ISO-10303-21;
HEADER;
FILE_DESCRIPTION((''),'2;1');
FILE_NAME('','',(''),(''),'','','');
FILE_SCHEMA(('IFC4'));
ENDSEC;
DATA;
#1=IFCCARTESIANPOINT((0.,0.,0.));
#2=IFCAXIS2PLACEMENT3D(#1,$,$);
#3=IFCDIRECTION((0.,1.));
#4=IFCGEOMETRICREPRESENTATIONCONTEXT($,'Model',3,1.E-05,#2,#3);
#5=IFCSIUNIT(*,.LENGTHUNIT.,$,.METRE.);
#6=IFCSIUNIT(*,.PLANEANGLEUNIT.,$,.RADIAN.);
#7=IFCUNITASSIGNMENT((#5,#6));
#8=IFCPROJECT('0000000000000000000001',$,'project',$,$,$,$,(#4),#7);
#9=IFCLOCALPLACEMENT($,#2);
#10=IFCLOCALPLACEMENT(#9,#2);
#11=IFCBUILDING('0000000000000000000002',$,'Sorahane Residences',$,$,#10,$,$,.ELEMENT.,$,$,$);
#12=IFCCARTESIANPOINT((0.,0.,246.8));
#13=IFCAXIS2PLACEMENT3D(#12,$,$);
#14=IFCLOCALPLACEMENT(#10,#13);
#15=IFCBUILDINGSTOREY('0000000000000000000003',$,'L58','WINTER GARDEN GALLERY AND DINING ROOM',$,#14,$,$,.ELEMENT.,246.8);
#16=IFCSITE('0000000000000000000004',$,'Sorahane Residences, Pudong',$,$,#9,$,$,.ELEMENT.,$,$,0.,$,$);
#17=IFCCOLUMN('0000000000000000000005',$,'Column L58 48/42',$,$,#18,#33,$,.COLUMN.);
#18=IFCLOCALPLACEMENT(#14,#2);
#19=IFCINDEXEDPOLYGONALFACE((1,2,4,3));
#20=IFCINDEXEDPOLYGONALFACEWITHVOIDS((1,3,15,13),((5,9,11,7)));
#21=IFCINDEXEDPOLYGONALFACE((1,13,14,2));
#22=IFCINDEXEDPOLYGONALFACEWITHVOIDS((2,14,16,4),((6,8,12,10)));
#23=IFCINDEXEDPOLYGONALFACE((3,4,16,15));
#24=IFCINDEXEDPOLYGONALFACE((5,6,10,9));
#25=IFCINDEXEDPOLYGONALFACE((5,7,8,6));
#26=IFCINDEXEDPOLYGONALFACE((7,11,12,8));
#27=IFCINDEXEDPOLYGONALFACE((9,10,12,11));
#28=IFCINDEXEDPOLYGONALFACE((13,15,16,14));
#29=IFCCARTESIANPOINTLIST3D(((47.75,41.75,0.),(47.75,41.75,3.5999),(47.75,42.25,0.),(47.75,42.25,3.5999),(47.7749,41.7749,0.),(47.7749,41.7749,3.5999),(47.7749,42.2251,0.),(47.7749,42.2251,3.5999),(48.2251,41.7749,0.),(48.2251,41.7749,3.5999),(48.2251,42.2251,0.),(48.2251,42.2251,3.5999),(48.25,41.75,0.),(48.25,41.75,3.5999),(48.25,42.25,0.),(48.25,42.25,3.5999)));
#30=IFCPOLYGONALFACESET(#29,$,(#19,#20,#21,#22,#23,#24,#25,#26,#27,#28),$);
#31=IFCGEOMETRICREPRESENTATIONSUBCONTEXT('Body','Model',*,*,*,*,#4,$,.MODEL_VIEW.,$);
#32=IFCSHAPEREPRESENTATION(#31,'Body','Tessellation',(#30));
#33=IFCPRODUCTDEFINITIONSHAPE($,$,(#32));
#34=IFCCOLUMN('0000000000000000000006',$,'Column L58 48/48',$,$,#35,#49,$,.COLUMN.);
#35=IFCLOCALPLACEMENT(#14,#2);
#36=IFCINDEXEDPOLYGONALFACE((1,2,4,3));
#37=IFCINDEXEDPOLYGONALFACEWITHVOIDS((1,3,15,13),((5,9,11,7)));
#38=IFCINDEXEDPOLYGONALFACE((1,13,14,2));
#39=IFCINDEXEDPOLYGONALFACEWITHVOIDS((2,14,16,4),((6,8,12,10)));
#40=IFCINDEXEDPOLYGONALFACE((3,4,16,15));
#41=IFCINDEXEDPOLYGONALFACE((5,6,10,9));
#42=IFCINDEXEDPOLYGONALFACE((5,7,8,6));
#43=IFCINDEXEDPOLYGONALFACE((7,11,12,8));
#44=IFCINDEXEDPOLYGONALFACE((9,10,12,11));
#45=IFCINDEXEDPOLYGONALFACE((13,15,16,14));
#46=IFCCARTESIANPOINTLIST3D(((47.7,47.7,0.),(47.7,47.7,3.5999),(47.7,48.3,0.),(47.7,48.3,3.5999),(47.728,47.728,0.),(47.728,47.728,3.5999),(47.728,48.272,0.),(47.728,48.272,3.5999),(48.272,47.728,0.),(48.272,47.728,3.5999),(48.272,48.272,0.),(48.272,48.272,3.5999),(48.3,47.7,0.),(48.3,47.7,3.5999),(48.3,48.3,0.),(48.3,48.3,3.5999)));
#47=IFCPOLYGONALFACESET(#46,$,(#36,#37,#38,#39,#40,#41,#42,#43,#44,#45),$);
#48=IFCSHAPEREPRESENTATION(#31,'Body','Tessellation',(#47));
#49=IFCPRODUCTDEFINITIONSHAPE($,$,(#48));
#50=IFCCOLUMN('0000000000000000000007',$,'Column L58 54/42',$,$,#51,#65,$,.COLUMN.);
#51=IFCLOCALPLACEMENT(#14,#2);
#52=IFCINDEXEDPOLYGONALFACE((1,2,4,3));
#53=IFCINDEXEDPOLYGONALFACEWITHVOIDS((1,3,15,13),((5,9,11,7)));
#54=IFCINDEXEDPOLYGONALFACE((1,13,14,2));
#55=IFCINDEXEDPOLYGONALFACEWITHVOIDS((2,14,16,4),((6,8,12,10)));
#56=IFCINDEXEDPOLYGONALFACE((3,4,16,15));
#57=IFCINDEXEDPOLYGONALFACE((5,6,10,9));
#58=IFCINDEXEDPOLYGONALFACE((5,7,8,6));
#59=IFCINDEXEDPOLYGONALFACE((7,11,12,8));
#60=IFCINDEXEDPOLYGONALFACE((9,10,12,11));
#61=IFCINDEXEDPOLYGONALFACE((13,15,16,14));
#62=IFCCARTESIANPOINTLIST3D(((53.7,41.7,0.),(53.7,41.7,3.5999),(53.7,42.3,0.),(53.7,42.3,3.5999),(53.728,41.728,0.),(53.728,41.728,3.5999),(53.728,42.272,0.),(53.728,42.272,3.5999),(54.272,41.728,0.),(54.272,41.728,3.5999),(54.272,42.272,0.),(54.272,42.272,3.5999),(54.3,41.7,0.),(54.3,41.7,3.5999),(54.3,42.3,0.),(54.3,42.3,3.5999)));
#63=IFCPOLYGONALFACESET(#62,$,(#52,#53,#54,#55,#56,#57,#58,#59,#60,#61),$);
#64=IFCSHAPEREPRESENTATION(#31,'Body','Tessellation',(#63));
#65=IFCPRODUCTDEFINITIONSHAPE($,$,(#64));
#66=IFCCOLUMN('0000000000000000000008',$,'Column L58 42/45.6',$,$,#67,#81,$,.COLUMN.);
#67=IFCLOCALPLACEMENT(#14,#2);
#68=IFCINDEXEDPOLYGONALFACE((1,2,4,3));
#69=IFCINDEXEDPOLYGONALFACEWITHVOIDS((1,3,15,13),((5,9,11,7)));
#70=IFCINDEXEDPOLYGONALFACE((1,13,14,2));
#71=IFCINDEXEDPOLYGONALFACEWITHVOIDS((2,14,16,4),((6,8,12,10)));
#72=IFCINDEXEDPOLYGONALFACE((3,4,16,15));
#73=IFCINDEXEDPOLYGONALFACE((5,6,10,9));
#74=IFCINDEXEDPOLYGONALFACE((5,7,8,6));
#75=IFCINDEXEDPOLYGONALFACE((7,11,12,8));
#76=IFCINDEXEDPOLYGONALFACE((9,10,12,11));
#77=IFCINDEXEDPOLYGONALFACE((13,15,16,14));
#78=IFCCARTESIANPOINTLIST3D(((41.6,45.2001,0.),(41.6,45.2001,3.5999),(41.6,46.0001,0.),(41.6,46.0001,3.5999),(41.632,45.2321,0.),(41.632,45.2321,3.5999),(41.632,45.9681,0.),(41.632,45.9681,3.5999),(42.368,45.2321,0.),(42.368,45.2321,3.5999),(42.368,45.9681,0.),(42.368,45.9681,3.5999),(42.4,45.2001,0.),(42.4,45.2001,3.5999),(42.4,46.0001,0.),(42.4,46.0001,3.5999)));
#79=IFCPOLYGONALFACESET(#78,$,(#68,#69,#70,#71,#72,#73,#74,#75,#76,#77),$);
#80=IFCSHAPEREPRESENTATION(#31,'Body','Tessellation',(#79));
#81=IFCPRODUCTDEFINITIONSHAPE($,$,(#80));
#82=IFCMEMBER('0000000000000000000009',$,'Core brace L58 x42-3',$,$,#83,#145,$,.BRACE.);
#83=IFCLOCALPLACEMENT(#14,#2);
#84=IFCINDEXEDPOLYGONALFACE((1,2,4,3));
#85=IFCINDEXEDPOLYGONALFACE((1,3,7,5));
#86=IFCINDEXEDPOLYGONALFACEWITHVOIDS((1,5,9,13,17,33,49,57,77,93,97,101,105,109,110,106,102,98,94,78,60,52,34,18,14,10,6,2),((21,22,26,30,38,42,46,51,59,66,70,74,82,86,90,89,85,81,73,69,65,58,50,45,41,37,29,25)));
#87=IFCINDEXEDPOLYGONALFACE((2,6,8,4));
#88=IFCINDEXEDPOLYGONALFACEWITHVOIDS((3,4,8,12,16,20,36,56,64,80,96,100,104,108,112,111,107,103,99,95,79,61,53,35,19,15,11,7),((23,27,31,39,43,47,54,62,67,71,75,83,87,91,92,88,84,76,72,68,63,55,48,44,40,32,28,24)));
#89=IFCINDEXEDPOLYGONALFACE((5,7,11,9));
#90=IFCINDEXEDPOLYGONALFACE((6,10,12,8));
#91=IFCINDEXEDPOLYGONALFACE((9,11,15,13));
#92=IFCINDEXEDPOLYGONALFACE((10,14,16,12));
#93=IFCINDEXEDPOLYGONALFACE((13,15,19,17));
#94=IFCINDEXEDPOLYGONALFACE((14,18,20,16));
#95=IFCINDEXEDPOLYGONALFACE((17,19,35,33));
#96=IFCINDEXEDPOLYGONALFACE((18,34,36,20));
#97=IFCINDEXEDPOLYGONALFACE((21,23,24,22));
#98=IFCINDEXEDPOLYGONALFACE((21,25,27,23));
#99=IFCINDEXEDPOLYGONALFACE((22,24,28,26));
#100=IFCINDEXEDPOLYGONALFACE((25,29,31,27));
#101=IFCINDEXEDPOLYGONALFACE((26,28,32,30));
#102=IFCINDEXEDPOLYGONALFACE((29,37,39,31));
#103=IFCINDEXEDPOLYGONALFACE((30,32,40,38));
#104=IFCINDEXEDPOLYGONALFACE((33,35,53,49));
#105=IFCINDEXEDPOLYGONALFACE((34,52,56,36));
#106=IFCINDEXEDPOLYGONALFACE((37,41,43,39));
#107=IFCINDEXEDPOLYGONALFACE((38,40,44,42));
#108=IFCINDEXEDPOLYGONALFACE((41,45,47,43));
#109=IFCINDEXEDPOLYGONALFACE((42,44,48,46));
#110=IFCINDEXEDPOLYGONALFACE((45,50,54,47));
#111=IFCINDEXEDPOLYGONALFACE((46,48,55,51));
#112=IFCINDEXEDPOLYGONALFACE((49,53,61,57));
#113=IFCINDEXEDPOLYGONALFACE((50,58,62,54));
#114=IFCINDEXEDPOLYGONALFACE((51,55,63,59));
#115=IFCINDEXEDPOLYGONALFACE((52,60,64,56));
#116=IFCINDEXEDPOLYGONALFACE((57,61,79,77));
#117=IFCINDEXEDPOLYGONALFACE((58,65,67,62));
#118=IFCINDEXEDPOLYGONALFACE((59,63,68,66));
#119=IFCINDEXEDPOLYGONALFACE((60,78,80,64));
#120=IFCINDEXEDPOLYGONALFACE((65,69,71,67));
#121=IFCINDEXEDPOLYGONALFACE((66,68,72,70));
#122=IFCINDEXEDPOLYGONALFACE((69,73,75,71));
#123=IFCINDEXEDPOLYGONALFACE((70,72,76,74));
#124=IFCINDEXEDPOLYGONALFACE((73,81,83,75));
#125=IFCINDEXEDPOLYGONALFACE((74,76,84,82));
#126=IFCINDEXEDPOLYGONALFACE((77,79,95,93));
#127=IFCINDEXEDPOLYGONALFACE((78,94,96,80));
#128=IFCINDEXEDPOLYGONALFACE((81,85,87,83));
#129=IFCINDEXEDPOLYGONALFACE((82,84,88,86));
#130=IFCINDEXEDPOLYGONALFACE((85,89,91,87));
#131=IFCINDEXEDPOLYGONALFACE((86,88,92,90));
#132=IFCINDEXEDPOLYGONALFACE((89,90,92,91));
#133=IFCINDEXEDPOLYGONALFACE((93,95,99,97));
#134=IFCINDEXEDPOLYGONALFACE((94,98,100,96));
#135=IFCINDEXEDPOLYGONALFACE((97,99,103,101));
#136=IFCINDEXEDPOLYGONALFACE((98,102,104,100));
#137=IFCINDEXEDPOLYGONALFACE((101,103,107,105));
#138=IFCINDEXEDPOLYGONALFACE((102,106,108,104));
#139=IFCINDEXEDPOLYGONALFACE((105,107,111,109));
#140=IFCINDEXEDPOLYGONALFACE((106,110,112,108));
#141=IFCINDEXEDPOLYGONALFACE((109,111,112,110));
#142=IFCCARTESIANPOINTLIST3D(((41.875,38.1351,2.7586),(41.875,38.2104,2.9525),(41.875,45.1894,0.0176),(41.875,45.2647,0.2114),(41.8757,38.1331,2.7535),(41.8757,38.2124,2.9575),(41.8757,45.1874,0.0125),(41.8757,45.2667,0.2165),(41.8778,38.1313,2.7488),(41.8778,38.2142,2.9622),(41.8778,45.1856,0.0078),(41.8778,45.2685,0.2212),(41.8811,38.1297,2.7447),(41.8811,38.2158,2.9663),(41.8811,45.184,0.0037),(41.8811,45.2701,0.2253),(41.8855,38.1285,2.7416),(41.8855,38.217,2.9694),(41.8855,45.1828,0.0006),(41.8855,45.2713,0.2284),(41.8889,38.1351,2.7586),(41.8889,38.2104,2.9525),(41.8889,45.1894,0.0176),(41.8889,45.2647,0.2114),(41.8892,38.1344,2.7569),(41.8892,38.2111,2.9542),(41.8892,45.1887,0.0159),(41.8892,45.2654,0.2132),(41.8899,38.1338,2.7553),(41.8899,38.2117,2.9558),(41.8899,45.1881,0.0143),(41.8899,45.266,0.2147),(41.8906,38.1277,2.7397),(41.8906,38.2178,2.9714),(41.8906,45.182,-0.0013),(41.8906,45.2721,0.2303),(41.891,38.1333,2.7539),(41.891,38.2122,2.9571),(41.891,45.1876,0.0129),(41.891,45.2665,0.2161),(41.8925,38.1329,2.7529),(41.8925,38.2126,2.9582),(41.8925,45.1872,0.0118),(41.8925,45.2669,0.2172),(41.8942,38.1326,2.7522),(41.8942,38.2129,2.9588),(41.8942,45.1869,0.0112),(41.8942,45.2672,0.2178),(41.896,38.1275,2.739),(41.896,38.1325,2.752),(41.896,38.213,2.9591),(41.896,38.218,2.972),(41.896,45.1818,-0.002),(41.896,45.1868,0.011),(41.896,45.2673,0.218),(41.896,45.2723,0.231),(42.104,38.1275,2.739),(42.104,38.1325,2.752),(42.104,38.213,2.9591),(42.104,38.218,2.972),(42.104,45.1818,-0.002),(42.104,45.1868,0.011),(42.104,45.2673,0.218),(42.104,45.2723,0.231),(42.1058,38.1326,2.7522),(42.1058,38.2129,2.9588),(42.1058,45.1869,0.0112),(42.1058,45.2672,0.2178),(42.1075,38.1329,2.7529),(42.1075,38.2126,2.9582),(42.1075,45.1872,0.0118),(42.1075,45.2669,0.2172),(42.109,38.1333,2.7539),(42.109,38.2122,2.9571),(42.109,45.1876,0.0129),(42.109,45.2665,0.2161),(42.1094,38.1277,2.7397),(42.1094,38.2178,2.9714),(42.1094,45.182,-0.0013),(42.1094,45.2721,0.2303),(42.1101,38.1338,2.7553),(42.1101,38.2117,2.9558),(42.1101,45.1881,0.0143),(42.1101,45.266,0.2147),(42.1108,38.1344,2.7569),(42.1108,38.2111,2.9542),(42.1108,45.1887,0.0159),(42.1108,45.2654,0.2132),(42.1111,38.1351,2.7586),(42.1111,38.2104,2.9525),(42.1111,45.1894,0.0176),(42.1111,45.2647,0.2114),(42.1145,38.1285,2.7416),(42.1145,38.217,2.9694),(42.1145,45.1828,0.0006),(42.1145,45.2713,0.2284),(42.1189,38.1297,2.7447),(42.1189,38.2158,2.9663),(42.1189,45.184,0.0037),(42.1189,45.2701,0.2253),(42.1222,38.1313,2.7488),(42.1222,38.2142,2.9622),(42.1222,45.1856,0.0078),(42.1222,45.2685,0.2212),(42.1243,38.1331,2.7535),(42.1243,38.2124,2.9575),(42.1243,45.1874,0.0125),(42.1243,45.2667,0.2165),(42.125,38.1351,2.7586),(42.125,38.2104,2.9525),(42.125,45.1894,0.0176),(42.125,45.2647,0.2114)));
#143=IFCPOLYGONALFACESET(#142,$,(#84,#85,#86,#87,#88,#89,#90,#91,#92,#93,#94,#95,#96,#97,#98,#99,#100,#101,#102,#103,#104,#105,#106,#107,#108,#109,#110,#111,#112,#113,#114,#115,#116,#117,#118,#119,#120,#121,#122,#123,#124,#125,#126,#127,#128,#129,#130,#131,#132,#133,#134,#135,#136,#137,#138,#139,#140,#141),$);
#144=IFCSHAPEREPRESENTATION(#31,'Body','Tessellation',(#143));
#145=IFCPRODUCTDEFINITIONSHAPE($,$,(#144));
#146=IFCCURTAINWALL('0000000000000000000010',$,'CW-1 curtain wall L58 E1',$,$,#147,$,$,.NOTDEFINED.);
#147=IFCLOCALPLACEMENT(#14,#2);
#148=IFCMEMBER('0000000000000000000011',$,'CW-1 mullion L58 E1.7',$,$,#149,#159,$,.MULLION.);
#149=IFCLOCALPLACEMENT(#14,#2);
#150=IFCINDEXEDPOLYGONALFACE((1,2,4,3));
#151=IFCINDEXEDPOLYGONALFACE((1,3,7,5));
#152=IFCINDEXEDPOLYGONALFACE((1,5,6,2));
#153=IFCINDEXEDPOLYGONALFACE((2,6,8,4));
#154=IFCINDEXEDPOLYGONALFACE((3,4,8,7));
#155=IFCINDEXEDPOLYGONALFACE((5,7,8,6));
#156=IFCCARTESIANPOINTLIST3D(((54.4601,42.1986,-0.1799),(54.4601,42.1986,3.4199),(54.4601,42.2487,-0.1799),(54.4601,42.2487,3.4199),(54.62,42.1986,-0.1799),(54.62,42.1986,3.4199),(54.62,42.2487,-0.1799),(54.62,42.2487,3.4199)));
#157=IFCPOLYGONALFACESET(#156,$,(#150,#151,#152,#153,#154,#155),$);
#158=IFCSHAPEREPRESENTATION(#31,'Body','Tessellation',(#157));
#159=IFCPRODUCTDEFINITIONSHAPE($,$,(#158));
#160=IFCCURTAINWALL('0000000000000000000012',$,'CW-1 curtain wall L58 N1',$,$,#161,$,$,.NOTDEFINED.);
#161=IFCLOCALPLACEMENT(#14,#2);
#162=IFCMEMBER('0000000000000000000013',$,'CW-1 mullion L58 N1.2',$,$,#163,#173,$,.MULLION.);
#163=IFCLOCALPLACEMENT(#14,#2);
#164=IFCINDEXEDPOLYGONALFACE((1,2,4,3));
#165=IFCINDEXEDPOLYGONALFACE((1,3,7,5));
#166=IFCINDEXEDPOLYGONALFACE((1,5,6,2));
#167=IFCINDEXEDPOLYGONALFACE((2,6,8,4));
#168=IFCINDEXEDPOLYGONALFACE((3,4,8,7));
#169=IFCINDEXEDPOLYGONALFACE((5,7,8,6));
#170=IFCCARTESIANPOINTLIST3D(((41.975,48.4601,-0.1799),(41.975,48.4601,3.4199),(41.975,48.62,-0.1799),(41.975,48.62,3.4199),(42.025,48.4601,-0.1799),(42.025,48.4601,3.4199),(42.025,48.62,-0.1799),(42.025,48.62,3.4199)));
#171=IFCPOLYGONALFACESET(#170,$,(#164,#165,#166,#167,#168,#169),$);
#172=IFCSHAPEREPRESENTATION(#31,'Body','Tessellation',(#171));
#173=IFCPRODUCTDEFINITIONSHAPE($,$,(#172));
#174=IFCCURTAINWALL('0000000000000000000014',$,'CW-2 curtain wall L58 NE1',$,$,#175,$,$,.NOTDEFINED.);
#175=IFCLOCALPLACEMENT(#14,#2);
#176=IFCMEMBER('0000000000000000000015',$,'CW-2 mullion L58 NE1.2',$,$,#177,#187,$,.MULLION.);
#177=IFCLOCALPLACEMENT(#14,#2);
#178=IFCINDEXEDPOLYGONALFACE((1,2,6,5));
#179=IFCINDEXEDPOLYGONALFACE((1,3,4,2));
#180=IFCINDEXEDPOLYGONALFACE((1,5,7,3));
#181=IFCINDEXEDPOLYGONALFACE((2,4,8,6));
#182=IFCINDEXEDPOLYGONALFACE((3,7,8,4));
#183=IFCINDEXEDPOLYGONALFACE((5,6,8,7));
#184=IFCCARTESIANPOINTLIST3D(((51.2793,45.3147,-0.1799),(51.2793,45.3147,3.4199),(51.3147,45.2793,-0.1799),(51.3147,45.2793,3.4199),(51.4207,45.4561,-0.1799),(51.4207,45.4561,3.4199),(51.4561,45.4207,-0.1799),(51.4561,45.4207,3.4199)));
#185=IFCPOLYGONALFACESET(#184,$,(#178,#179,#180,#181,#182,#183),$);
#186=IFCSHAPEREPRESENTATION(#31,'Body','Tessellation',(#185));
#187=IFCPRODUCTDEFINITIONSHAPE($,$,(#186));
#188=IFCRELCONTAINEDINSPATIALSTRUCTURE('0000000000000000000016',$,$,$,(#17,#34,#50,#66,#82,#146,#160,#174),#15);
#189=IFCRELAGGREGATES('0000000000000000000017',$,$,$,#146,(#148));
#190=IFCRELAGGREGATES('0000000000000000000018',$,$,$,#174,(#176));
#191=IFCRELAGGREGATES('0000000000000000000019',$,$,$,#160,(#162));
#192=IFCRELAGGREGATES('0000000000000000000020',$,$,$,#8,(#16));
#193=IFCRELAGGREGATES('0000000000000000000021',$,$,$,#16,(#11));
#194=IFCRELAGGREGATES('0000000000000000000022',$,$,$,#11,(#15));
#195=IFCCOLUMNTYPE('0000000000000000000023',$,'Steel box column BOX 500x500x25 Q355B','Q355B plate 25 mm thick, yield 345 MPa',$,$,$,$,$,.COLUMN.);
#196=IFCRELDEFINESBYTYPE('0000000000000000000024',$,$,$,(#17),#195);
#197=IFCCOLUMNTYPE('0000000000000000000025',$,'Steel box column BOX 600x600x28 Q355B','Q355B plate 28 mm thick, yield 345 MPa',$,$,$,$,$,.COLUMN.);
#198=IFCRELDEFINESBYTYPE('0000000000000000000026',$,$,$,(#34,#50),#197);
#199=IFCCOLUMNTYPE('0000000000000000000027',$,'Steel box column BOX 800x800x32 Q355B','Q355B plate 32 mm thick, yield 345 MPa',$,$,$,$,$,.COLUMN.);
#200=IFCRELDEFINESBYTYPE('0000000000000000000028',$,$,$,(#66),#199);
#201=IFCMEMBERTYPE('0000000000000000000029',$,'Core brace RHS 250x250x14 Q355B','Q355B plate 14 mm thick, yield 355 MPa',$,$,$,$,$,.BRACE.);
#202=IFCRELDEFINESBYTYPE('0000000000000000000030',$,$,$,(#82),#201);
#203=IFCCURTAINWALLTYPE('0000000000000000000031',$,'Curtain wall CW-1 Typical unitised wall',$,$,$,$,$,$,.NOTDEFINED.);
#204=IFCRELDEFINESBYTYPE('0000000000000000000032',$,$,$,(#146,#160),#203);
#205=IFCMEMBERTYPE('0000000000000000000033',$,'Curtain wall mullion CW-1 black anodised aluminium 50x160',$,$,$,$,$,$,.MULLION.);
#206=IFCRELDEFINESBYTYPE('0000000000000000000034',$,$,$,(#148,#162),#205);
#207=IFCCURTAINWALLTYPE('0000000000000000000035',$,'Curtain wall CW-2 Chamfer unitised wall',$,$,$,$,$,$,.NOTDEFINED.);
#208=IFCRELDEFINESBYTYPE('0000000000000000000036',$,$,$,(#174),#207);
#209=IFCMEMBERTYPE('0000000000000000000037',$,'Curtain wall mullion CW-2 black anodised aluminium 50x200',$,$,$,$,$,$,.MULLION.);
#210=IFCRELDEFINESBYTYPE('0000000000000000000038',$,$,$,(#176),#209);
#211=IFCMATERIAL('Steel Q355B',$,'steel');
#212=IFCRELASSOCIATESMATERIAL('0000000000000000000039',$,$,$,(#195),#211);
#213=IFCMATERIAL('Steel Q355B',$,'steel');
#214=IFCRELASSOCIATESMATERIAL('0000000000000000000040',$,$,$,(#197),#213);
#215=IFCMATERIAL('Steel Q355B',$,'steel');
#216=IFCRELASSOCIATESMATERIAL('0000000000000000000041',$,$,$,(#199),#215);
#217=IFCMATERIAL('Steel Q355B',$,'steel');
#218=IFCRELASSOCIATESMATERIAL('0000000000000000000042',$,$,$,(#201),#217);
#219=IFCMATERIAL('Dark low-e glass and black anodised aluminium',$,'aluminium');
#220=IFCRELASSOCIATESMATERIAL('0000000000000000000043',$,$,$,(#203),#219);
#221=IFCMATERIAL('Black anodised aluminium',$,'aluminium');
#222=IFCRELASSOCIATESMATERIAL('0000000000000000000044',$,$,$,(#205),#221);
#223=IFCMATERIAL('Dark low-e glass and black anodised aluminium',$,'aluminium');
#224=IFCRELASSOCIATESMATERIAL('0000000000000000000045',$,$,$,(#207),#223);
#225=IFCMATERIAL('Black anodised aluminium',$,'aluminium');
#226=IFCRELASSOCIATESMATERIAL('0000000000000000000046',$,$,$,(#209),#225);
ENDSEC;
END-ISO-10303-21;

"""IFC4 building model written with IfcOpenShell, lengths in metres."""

from ifc_helpers import new_model, si_unit, direction, frame, origin, origin_2d, place, context, subcontext, project, spatial, rectangle, hollow_rectangle, extrude, material, material_profile, profile_set, type_object, element, aggregate, save


model = new_model("IFC4")

# Units and contexts
model_context = context("Model", 3, precision=1e-05, world=origin(), true_north=direction((0.0, 1.0)))
body_context = subcontext(model_context, "Body", "Model", "MODEL_VIEW")
ifc_project = project(units=[si_unit("LENGTHUNIT", "METRE"), si_unit("PLANEANGLEUNIT", "RADIAN")], contexts=[model_context])

# Site, building, storey
site_placement = place(None, origin())
site = spatial("IfcSite", under=ifc_project, at=site_placement, Name="Sorahane Residences, Pudong", CompositionType="ELEMENT", RefElevation=0.0)
building_placement = place(site_placement, origin())
building = spatial("IfcBuilding", under=site, at=building_placement, Name="Sorahane Residences", CompositionType="ELEMENT")
storey_placement = place(building_placement, frame((0.0, 0.0, 246.8)))
storey = spatial("IfcBuildingStorey", under=building, at=storey_placement, Name="L58", Description="WINTER GARDEN GALLERY AND DINING ROOM", CompositionType="ELEMENT", Elevation=246.8)

# Columns
ifc_material_1 = material(Name="Steel Q355B", Category="steel")
ifc_material_profile_1 = material_profile(ifc_material_1, hollow_rectangle(XDim=0.5, YDim=0.5, WallThickness=0.0249, at=origin_2d()), Name="BOX 500x500x25")
ifc_profile_set_1 = profile_set([ifc_material_profile_1], Name="Steel Q355B")
column_type_1 = type_object("IfcColumnType", Name="Steel box column BOX 500x500x25 Q355B", Description="Q355B plate 25 mm thick, yield 345 MPa", PredefinedType="COLUMN", material=ifc_profile_set_1)
column_1_placement = place(storey_placement, frame((48.0, 42.0, 0.0), z_axis=(0.0, 0.0, 1.0), x_axis=(1.0, 0.0, 0.0)))
element("IfcColumn", 1, at=column_1_placement, inside=storey, type_object=column_type_1, Name="Column L58 48/42", PredefinedType="COLUMN", context=body_context, shape_type="SweptSolid", body=[
    extrude(hollow_rectangle(XDim=0.5, YDim=0.5, WallThickness=0.0249, at=origin_2d()), origin(), (0.0, 0.0, 1.0), 3.5999),
])
ifc_material_2 = material(Name="Steel Q355B", Category="steel")
ifc_material_profile_2 = material_profile(ifc_material_2, hollow_rectangle(XDim=0.6001, YDim=0.6001, WallThickness=0.0281, at=origin_2d()), Name="BOX 600x600x28")
ifc_profile_set_2 = profile_set([ifc_material_profile_2], Name="Steel Q355B")
column_type_2 = type_object("IfcColumnType", Name="Steel box column BOX 600x600x28 Q355B", Description="Q355B plate 28 mm thick, yield 345 MPa", PredefinedType="COLUMN", material=ifc_profile_set_2)
for number, where, z_axis, x_axis, name in (
    (2, (48.0, 48.0, 0.0), (0.0, 0.0, 1.0), (1.0, 0.0, 0.0), "Column L58 48/48"),
    (3, (54.0, 42.0, 0.0), (0.0, 0.0, 1.0), (1.0, 0.0, 0.0), "Column L58 54/42"),
):
    element("IfcColumn", number, at=place(storey_placement, frame(where, z_axis=z_axis, x_axis=x_axis)), inside=storey, type_object=column_type_2, Name=name, PredefinedType="COLUMN", context=body_context, shape_type="SweptSolid", body=[
        extrude(hollow_rectangle(XDim=0.6001, YDim=0.6001, WallThickness=0.0281, at=origin_2d()), origin(), (0.0, 0.0, 1.0), 3.5999),
    ])
ifc_material_3 = material(Name="Steel Q355B", Category="steel")
ifc_material_profile_3 = material_profile(ifc_material_3, hollow_rectangle(XDim=0.8, YDim=0.8, WallThickness=0.032, at=origin_2d()), Name="BOX 800x800x32")
ifc_profile_set_3 = profile_set([ifc_material_profile_3], Name="Steel Q355B")
column_type_3 = type_object("IfcColumnType", Name="Steel box column BOX 800x800x32 Q355B", Description="Q355B plate 32 mm thick, yield 345 MPa", PredefinedType="COLUMN", material=ifc_profile_set_3)
column_2_placement = place(storey_placement, frame((42.0, 45.6001, 0.0), z_axis=(0.0, 0.0, 1.0), x_axis=(1.0, 0.0, 0.0)))
element("IfcColumn", 4, at=column_2_placement, inside=storey, type_object=column_type_3, Name="Column L58 42/45.6", PredefinedType="COLUMN", context=body_context, shape_type="SweptSolid", body=[
    extrude(hollow_rectangle(XDim=0.8, YDim=0.8, WallThickness=0.032, at=origin_2d()), origin(), (0.0, 0.0, 1.0), 3.5999),
])

# Member
ifc_material_4 = material(Name="Steel Q355B", Category="steel")
ifc_material_profile_4 = material_profile(ifc_material_4, hollow_rectangle(XDim=0.25, YDim=0.25, WallThickness=0.0139, InnerFilletRadius=0.0071, OuterFilletRadius=0.021, at=origin_2d()), Name="RHS 250x250x14")
ifc_profile_set_4 = profile_set([ifc_material_profile_4], Name="Steel Q355B")
member_type_1 = type_object("IfcMemberType", Name="Core brace RHS 250x250x14 Q355B", Description="Q355B plate 14 mm thick, yield 355 MPa", PredefinedType="BRACE", material=ifc_profile_set_4)
member_1_placement = place(storey_placement, frame((42.0, 45.2271, 0.1145), z_axis=(0.0, -0.932109, 0.362178), x_axis=(1.0, 0.0, 0.0)))
element("IfcMember", 5, at=member_1_placement, inside=storey, type_object=member_type_1, Name="Core brace L58 x42-3", PredefinedType="BRACE", context=body_context, shape_type="SweptSolid", body=[
    extrude(hollow_rectangle(XDim=0.25, YDim=0.25, WallThickness=0.0139, InnerFilletRadius=0.0071, OuterFilletRadius=0.021, at=origin_2d()), origin(), (0.0, 0.0, 1.0), 7.5681),
])

# Curtain walls, members
ifc_material_5 = material(Name="Dark low-e glass and black anodised aluminium", Category="aluminium")
curtain_wall_type_1 = type_object("IfcCurtainWallType", Name="Curtain wall CW-1 Typical unitised wall", PredefinedType="NOTDEFINED", material=ifc_material_5)
curtain_wall_1_placement = place(storey_placement, origin())
curtain_wall_1 = element("IfcCurtainWall", 6, at=curtain_wall_1_placement, inside=storey, type_object=curtain_wall_type_1, Name="CW-1 curtain wall L58 E1", PredefinedType="NOTDEFINED")
ifc_material_6 = material(Name="Black anodised aluminium", Category="aluminium")
ifc_material_profile_5 = material_profile(ifc_material_6, rectangle(XDim=0.1599, YDim=0.05, at=origin_2d()), Name="Curtain wall mullion CW-1 black anodised aluminium 50x160")
ifc_profile_set_5 = profile_set([ifc_material_profile_5], Name="Black anodised aluminium")
member_type_2 = type_object("IfcMemberType", Name="Curtain wall mullion CW-1 black anodised aluminium 50x160", PredefinedType="MULLION", material=ifc_profile_set_5)
member_2_placement = place(storey_placement, frame((54.54, 42.2236, -0.1799), z_axis=(0.0, 0.0, 1.0), x_axis=(1.0, 0.0, 0.0)))
member_2 = element("IfcMember", 7, at=member_2_placement, type_object=member_type_2, Name="CW-1 mullion L58 E1.7", PredefinedType="MULLION", context=body_context, shape_type="SweptSolid", body=[
    extrude(rectangle(XDim=0.1599, YDim=0.05, at=origin_2d()), origin(), (0.0, 0.0, 1.0), 3.5999),
])
curtain_wall_2_placement = place(storey_placement, origin())
curtain_wall_2 = element("IfcCurtainWall", 8, at=curtain_wall_2_placement, inside=storey, type_object=curtain_wall_type_1, Name="CW-1 curtain wall L58 N1", PredefinedType="NOTDEFINED")
member_3_placement = place(storey_placement, frame((42.0, 48.54, -0.1799), z_axis=(0.0, 0.0, 1.0), x_axis=(0.0, 1.0, 0.0)))
member_3 = element("IfcMember", 9, at=member_3_placement, type_object=member_type_2, Name="CW-1 mullion L58 N1.2", PredefinedType="MULLION", context=body_context, shape_type="SweptSolid", body=[
    extrude(rectangle(XDim=0.1599, YDim=0.05, at=origin_2d()), origin(), (0.0, 0.0, 1.0), 3.5999),
])

# Curtain wall, member
ifc_material_7 = material(Name="Dark low-e glass and black anodised aluminium", Category="aluminium")
curtain_wall_type_2 = type_object("IfcCurtainWallType", Name="Curtain wall CW-2 Chamfer unitised wall", PredefinedType="NOTDEFINED", material=ifc_material_7)
curtain_wall_3_placement = place(storey_placement, origin())
curtain_wall_3 = element("IfcCurtainWall", 10, at=curtain_wall_3_placement, inside=storey, type_object=curtain_wall_type_2, Name="CW-2 curtain wall L58 NE1", PredefinedType="NOTDEFINED")
ifc_material_8 = material(Name="Black anodised aluminium", Category="aluminium")
ifc_material_profile_6 = material_profile(ifc_material_8, rectangle(XDim=0.2, YDim=0.05, at=origin_2d()), Name="Curtain wall mullion CW-2 black anodised aluminium 50x200")
ifc_profile_set_6 = profile_set([ifc_material_profile_6], Name="Black anodised aluminium")
member_type_3 = type_object("IfcMemberType", Name="Curtain wall mullion CW-2 black anodised aluminium 50x200", PredefinedType="MULLION", material=ifc_profile_set_6)
member_4_placement = place(storey_placement, frame((51.3677, 45.3677, -0.1799), z_axis=(0.0, 0.0, 1.0), x_axis=(0.707107, 0.707107, 0.0)))
member_4 = element("IfcMember", 11, at=member_4_placement, type_object=member_type_3, Name="CW-2 mullion L58 NE1.2", PredefinedType="MULLION", context=body_context, shape_type="SweptSolid", body=[
    extrude(rectangle(XDim=0.2, YDim=0.05, at=origin_2d()), origin(), (0.0, 0.0, 1.0), 3.5999),
])

aggregate(curtain_wall_1, [member_2])
aggregate(curtain_wall_3, [member_4])
aggregate(curtain_wall_2, [member_3])

save(model, "model.ifc")
